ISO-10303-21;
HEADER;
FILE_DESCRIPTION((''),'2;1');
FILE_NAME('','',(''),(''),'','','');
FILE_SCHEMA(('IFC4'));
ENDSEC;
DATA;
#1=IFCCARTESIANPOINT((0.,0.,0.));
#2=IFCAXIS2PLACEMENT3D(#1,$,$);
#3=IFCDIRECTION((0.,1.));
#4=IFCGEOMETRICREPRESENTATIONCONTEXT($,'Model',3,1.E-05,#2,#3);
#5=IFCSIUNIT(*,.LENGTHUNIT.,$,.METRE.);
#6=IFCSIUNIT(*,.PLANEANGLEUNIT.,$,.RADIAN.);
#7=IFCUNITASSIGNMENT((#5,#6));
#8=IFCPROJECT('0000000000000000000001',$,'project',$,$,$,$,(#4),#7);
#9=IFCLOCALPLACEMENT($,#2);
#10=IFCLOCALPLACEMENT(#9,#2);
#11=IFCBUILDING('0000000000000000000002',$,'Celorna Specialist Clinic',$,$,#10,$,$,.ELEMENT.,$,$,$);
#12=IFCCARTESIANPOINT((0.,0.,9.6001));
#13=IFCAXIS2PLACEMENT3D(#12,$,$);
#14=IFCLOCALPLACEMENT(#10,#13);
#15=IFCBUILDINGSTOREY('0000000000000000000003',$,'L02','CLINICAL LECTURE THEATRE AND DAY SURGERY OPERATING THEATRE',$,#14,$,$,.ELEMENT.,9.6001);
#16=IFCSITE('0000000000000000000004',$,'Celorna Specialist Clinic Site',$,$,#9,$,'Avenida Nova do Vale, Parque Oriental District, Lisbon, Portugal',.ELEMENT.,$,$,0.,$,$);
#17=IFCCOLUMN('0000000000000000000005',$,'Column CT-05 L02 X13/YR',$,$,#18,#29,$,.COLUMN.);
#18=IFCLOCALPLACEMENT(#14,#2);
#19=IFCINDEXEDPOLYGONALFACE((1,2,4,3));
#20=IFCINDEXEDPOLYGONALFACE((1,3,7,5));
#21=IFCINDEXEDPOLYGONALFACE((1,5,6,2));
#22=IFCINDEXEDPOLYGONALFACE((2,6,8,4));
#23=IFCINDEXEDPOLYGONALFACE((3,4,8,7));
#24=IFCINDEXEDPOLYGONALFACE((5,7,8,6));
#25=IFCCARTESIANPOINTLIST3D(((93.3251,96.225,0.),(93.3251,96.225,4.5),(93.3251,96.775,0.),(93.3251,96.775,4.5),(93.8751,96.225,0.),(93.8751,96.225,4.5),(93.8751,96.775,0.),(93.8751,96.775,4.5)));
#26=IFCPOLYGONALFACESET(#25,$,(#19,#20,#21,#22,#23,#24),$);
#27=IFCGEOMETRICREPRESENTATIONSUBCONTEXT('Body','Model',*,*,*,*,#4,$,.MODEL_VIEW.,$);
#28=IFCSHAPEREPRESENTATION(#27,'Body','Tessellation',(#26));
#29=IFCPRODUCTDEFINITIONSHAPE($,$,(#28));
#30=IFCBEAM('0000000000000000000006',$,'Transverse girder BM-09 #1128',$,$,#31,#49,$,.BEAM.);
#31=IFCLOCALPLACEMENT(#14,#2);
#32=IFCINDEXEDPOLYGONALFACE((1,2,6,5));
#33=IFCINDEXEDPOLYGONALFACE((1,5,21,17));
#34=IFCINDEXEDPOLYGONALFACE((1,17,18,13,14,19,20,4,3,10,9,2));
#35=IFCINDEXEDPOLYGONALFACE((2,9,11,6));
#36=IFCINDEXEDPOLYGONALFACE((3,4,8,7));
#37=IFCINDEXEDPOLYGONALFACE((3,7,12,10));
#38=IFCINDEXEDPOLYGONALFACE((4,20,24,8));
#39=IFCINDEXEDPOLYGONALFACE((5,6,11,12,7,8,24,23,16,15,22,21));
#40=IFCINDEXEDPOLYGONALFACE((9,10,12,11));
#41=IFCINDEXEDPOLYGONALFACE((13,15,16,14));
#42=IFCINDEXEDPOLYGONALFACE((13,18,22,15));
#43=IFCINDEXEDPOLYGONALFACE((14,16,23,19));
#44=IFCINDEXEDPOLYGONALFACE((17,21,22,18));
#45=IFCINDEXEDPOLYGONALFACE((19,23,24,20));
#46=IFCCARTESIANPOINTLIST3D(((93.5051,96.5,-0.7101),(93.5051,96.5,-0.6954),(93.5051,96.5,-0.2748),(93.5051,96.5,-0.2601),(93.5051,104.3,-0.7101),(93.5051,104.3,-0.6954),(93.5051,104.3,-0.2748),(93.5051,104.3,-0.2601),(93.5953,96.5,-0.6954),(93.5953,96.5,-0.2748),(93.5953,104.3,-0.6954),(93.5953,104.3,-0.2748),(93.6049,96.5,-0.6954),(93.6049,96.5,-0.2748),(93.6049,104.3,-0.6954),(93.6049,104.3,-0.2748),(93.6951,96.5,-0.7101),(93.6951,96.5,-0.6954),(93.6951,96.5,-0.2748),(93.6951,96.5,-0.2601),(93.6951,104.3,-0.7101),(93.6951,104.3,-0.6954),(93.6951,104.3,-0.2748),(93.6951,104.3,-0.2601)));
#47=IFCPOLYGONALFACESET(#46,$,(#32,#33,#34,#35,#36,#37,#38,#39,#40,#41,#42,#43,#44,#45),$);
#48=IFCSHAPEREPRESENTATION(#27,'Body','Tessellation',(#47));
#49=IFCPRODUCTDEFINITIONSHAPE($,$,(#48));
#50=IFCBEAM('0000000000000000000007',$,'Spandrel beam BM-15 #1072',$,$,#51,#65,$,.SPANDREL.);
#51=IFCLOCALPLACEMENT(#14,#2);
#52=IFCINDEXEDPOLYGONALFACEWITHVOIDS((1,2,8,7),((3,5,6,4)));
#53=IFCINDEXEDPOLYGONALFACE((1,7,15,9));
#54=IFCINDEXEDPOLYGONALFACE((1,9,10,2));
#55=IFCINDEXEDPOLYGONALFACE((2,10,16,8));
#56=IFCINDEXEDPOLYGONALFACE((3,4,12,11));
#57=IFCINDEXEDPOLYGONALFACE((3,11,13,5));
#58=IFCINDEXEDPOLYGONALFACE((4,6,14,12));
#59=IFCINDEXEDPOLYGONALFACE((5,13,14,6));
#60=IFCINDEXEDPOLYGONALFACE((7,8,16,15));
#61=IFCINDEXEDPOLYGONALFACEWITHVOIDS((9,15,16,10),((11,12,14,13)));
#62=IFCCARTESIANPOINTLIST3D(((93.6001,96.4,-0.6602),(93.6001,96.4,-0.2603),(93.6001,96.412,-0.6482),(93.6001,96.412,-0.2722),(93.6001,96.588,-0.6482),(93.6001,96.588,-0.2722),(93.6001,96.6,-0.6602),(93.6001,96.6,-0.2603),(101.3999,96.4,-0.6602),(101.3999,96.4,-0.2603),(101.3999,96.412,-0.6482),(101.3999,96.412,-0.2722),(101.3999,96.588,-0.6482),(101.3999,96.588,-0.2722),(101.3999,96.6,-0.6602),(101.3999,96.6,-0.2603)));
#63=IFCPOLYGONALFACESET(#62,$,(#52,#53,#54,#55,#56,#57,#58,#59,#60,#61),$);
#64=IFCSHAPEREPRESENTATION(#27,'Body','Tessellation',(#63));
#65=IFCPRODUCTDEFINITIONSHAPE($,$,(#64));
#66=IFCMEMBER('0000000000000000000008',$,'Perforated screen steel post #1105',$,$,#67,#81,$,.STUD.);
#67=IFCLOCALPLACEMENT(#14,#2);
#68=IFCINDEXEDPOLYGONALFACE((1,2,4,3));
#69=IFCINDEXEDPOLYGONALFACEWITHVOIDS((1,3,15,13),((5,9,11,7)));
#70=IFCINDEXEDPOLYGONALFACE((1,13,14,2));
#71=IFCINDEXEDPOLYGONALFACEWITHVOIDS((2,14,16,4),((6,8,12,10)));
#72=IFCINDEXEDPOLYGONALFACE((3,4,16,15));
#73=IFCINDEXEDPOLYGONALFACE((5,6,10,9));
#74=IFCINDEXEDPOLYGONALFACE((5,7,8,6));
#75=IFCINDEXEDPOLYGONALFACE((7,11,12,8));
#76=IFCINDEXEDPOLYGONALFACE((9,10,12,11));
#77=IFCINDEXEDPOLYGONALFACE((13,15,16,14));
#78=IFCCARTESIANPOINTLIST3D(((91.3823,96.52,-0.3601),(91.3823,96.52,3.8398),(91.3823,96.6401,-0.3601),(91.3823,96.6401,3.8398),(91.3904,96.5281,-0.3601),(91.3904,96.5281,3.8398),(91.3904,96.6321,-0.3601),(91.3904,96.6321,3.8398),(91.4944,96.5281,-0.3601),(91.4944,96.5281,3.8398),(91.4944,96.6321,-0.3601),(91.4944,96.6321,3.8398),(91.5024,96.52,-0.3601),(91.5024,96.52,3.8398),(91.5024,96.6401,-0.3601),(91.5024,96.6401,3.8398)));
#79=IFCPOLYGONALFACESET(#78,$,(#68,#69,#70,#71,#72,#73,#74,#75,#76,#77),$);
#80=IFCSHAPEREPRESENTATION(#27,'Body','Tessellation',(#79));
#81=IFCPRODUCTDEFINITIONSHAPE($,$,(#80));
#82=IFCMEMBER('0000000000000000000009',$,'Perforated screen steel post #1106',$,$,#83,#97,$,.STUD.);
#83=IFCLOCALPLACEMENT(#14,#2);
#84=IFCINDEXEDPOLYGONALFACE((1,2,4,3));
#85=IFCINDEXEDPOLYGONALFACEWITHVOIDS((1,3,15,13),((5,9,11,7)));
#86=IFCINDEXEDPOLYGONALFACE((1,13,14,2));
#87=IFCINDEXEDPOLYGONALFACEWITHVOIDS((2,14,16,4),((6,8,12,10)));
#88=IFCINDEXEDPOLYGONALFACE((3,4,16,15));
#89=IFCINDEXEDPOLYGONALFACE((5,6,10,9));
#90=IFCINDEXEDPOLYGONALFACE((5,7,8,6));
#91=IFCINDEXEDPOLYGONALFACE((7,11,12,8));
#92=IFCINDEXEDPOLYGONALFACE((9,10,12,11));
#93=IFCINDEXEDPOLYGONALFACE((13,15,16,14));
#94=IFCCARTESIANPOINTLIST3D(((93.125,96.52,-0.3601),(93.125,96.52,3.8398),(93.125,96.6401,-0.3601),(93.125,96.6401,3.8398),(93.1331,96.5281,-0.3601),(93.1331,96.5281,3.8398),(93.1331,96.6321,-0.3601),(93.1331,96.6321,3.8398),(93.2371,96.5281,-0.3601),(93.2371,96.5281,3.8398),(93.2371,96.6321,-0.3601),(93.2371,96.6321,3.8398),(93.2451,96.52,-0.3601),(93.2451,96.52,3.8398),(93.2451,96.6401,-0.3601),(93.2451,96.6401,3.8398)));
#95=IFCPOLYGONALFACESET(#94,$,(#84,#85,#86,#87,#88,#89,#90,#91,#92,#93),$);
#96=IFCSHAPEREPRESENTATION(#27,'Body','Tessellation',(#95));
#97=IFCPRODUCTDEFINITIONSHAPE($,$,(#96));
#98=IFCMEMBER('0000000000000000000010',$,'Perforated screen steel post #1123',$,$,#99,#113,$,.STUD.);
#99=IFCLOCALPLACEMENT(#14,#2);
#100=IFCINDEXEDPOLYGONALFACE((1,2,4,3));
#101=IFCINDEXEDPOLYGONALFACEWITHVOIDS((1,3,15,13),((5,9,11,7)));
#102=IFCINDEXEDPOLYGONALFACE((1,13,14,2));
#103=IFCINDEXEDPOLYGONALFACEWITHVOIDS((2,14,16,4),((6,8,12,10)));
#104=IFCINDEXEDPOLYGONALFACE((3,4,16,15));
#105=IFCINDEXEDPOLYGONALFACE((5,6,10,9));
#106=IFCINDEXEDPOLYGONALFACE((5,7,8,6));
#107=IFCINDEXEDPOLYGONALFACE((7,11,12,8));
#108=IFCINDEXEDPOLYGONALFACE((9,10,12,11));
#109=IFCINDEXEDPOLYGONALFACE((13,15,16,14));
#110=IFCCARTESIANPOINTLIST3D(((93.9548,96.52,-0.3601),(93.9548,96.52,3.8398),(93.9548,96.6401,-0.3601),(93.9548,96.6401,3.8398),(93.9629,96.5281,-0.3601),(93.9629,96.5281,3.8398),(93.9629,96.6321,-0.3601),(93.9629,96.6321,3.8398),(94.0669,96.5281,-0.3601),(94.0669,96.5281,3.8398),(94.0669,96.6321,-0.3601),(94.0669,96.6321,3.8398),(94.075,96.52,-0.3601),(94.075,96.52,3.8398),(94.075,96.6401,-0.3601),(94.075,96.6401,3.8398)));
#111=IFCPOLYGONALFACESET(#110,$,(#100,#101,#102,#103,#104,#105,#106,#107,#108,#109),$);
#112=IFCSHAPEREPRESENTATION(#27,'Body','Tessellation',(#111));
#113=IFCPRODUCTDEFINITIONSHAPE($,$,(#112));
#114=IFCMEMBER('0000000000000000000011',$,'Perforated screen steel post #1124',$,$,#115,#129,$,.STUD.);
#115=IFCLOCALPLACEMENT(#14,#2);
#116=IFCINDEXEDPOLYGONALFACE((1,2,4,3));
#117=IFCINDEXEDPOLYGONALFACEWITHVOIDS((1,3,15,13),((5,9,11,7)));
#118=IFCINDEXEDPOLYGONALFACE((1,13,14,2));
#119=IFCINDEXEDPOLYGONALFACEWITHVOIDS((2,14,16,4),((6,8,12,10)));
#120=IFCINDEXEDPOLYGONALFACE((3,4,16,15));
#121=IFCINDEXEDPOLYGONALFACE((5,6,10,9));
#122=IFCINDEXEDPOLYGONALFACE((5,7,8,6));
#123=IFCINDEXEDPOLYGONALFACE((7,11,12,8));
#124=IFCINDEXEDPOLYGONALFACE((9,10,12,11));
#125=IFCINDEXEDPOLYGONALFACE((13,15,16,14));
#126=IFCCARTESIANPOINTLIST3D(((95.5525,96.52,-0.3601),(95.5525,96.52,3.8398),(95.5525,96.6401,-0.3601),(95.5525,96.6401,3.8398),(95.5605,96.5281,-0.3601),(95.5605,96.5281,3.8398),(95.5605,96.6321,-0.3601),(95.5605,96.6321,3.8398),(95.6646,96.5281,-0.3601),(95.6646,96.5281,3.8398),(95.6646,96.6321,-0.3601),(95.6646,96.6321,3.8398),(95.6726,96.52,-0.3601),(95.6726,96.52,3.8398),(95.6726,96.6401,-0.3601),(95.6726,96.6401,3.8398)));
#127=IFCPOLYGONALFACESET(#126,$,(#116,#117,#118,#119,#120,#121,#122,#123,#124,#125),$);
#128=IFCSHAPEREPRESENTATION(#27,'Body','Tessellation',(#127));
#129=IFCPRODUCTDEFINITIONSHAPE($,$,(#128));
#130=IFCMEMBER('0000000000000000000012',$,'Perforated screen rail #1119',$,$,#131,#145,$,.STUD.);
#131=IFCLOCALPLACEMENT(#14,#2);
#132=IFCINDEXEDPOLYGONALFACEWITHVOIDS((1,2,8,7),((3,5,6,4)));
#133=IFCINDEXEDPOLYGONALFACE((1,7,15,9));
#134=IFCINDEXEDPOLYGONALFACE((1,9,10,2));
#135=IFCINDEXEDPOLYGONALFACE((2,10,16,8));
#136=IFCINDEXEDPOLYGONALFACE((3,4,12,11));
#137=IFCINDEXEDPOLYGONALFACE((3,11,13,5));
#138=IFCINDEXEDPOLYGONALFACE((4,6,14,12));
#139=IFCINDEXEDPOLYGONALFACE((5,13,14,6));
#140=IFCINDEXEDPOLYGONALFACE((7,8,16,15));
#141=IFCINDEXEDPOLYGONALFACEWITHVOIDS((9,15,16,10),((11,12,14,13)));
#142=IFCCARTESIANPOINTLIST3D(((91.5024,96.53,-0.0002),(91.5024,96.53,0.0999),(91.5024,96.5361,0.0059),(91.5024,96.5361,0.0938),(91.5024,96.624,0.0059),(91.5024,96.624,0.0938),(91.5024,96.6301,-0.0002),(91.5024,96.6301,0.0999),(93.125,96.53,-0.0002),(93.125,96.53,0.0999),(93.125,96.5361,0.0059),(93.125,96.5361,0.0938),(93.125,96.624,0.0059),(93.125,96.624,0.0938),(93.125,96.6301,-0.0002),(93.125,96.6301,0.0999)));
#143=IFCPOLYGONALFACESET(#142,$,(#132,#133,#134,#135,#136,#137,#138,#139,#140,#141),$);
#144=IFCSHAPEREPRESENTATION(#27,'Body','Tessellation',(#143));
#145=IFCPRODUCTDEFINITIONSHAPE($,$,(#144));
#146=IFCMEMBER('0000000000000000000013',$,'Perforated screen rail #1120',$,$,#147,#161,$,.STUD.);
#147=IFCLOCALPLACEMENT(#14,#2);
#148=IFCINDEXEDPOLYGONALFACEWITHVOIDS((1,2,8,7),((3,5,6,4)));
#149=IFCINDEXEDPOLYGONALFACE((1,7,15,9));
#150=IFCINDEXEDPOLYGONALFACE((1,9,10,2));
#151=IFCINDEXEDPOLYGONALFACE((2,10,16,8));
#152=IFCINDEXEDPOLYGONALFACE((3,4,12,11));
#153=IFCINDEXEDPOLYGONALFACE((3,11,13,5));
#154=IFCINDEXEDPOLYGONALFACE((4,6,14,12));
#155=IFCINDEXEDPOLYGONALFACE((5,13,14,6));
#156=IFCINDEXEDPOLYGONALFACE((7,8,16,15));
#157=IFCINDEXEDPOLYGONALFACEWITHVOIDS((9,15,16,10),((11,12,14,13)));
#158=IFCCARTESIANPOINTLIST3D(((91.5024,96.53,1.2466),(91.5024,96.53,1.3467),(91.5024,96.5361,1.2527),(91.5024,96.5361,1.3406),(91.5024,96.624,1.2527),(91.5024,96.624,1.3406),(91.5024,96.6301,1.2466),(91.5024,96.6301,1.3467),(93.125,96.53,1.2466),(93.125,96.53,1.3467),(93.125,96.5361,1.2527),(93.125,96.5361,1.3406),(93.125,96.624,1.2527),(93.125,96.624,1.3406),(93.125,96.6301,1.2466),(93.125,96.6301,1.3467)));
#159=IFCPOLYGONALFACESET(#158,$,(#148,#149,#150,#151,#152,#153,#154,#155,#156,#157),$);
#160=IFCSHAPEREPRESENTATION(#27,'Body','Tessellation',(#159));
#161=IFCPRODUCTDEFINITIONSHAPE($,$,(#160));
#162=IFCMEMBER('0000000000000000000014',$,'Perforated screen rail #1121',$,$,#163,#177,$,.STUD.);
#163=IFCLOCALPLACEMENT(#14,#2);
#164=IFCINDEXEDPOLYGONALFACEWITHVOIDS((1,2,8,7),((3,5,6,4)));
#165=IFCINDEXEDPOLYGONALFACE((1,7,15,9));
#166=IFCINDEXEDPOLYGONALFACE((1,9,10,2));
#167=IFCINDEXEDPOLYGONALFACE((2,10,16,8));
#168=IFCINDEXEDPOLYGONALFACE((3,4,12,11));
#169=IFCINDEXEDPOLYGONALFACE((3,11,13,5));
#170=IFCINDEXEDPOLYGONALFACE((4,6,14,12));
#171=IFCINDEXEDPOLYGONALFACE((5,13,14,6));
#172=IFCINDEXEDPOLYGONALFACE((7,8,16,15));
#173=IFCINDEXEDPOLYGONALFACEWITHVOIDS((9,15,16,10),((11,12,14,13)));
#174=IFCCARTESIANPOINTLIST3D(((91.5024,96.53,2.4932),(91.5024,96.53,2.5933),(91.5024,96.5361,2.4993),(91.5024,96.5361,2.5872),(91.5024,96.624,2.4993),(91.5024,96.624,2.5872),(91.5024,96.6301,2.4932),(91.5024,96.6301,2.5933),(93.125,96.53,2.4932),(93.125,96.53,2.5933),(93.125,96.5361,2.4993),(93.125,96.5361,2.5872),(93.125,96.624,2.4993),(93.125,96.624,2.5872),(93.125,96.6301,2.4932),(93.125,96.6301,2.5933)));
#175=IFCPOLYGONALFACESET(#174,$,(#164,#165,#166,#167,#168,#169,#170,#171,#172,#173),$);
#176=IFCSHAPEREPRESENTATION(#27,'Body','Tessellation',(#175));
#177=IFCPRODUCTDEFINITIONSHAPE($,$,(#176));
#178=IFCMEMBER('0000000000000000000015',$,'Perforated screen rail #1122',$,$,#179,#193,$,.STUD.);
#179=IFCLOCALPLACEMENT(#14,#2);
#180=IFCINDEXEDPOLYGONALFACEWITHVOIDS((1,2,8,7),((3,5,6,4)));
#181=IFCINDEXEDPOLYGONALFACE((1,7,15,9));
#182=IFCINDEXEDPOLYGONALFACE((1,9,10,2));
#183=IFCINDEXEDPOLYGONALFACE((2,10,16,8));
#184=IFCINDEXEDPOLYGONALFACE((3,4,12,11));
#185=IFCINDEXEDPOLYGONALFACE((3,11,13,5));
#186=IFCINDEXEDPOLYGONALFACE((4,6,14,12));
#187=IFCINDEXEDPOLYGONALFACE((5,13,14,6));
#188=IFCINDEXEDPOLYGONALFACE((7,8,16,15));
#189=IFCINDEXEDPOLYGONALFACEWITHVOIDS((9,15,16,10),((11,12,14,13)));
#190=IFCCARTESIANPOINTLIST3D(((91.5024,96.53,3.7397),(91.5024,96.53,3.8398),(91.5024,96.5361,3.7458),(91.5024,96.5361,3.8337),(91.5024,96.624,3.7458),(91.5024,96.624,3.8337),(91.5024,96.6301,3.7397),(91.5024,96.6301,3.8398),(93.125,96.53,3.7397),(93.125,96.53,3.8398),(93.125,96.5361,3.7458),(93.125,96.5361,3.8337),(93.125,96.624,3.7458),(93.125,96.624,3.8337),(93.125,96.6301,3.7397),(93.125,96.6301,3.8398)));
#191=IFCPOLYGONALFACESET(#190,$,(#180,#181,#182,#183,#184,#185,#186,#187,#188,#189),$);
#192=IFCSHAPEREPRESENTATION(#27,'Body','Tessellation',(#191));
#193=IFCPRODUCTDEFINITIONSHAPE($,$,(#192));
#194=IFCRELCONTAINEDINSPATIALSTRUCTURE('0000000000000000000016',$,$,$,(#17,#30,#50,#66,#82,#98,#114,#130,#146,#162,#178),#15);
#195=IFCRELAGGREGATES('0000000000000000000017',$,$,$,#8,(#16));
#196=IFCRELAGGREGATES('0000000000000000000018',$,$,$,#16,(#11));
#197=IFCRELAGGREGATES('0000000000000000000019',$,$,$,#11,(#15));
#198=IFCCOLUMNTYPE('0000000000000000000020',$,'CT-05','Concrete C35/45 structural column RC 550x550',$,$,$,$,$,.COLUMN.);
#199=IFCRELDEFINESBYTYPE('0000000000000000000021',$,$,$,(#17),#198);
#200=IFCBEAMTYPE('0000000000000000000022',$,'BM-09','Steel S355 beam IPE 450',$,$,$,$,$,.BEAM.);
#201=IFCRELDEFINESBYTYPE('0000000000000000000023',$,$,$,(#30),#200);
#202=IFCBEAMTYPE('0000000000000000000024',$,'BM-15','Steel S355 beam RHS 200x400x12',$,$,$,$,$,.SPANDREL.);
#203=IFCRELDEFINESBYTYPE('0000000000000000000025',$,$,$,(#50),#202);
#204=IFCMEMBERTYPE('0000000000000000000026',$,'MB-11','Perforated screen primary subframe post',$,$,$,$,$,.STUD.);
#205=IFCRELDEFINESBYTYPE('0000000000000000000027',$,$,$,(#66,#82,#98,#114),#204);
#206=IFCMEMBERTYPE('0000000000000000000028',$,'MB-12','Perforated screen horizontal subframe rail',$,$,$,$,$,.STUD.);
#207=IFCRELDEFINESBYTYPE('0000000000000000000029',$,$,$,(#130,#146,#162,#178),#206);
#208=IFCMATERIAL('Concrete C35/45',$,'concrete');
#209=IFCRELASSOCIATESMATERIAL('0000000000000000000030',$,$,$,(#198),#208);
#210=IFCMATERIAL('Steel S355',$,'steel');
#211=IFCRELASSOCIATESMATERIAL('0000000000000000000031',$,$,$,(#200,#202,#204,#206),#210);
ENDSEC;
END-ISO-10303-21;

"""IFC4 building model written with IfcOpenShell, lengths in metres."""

from ifc_helpers import new_model, si_unit, direction, frame, origin, origin_2d, place, context, subcontext, project, spatial, rectangle, hollow_rectangle, i_section, extrude, material, material_profile, profile_set, type_object, element, save


model = new_model("IFC4")

# Units and contexts
model_context = context("Model", 3, precision=1e-05, world=origin(), true_north=direction((0.0, 1.0)))
body_context = subcontext(model_context, "Body", "Model", "MODEL_VIEW")
ifc_project = project(units=[si_unit("LENGTHUNIT", "METRE"), si_unit("PLANEANGLEUNIT", "RADIAN")], contexts=[model_context])

# Site, building, storey
site_placement = place(None, origin())
site = spatial("IfcSite", under=ifc_project, at=site_placement, Name="Celorna Specialist Clinic Site", LongName="Avenida Nova do Vale, Parque Oriental District, Lisbon, Portugal", CompositionType="ELEMENT", RefElevation=0.0)
building_placement = place(site_placement, origin())
building = spatial("IfcBuilding", under=site, at=building_placement, Name="Celorna Specialist Clinic", CompositionType="ELEMENT")
storey_placement = place(building_placement, frame((0.0, 0.0, 9.6001)))
storey = spatial("IfcBuildingStorey", under=building, at=storey_placement, Name="L02", Description="CLINICAL LECTURE THEATRE AND DAY SURGERY OPERATING THEATRE", CompositionType="ELEMENT", Elevation=9.6001)

# Column
ifc_material_1 = material(Name="Concrete C35/45", Category="concrete")
ifc_material_profile_1 = material_profile(ifc_material_1, rectangle(XDim=0.55, YDim=0.55, at=origin_2d()), Name="RC 550x550")
ifc_profile_set_1 = profile_set([ifc_material_profile_1], Name="Concrete C35/45")
column_type = type_object("IfcColumnType", Name="CT-05", Description="Concrete C35/45 structural column RC 550x550", PredefinedType="COLUMN", material=ifc_profile_set_1)
column_placement = place(storey_placement, frame((93.6001, 96.5, 0.0), z_axis=(0.0, 0.0, 1.0), x_axis=(1.0, 0.0, 0.0)))
element("IfcColumn", 1, at=column_placement, inside=storey, type_object=column_type, Name="Column CT-05 L02 X13/YR", PredefinedType="COLUMN", context=body_context, shape_type="SweptSolid", body=[
    extrude(rectangle(XDim=0.55, YDim=0.55, at=origin_2d()), origin(), (0.0, 0.0, 1.0), 4.5),
])

# Beams
ifc_material_2 = material(Name="Steel S355", Category="steel")
ifc_material_profile_2 = material_profile(ifc_material_2, i_section(OverallWidth=0.1899, OverallDepth=0.45, WebThickness=0.0095, FlangeThickness=0.0146, at=origin_2d()), Name="IPE 450")
ifc_profile_set_2 = profile_set([ifc_material_profile_2], Name="Steel S355")
beam_type_1 = type_object("IfcBeamType", Name="BM-09", Description="Steel S355 beam IPE 450", PredefinedType="BEAM", material=ifc_profile_set_2)
beam_1_placement = place(storey_placement, frame((93.6001, 96.5, -0.4851), z_axis=(0.0, 1.0, 0.0), x_axis=(-1.0, 0.0, 0.0)))
element("IfcBeam", 2, at=beam_1_placement, inside=storey, type_object=beam_type_1, Name="Transverse girder BM-09 #1128", PredefinedType="BEAM", context=body_context, shape_type="SweptSolid", body=[
    extrude(i_section(OverallWidth=0.1899, OverallDepth=0.45, WebThickness=0.0095, FlangeThickness=0.0146, at=origin_2d()), origin(), (0.0, 0.0, 1.0), 7.8),
])
ifc_material_profile_3 = material_profile(ifc_material_2, hollow_rectangle(XDim=0.2, YDim=0.3999, WallThickness=0.012, at=origin_2d()), Name="RHS 200x400x12")
ifc_profile_set_3 = profile_set([ifc_material_profile_3], Name="Steel S355")
beam_type_2 = type_object("IfcBeamType", Name="BM-15", Description="Steel S355 beam RHS 200x400x12", PredefinedType="SPANDREL", material=ifc_profile_set_3)
beam_2_placement = place(storey_placement, frame((93.6001, 96.5, -0.4602), z_axis=(1.0, 0.0, 0.0), x_axis=(0.0, 1.0, 0.0)))
element("IfcBeam", 3, at=beam_2_placement, inside=storey, type_object=beam_type_2, Name="Spandrel beam BM-15 #1072", PredefinedType="SPANDREL", context=body_context, shape_type="SweptSolid", body=[
    extrude(hollow_rectangle(XDim=0.2, YDim=0.3999, WallThickness=0.012, at=origin_2d()), origin(), (0.0, 0.0, 1.0), 7.7998),
])

# Members
ifc_material_profile_4 = material_profile(ifc_material_2, hollow_rectangle(XDim=0.1201, YDim=0.1201, WallThickness=0.0081, at=origin_2d()), Name="SHS 120x120x8")
ifc_profile_set_4 = profile_set([ifc_material_profile_4], Name="Steel S355")
member_type_1 = type_object("IfcMemberType", Name="MB-11", Description="Perforated screen primary subframe post", PredefinedType="STUD", material=ifc_profile_set_4)
for number, where, z_axis, x_axis, name in (
    (4, (91.4424, 96.5801, -0.3601), (0.0, 0.0, 1.0), (1.0, 0.0, 0.0), "Perforated screen steel post #1105"),
    (5, (93.1851, 96.5801, -0.3601), (0.0, 0.0, 1.0), (1.0, 0.0, 0.0), "Perforated screen steel post #1106"),
    (6, (94.0149, 96.5801, -0.3601), (0.0, 0.0, 1.0), (1.0, 0.0, 0.0), "Perforated screen steel post #1123"),
    (7, (95.6125, 96.5801, -0.3601), (0.0, 0.0, 1.0), (1.0, 0.0, 0.0), "Perforated screen steel post #1124"),
):
    element("IfcMember", number, at=place(storey_placement, frame(where, z_axis=z_axis, x_axis=x_axis)), inside=storey, type_object=member_type_1, Name=name, PredefinedType="STUD", context=body_context, shape_type="SweptSolid", body=[
        extrude(hollow_rectangle(XDim=0.1201, YDim=0.1201, WallThickness=0.0081, at=origin_2d()), origin(), (0.0, 0.0, 1.0), 4.2),
    ])
ifc_material_profile_5 = material_profile(ifc_material_2, hollow_rectangle(XDim=0.1001, YDim=0.1001, WallThickness=0.0061, at=origin_2d()), Name="SHS 100x100x6")
ifc_profile_set_5 = profile_set([ifc_material_profile_5], Name="Steel S355")
member_type_2 = type_object("IfcMemberType", Name="MB-12", Description="Perforated screen horizontal subframe rail", PredefinedType="STUD", material=ifc_profile_set_5)
for number, where, z_axis, x_axis, name in (
    (8, (91.5024, 96.5801, 0.0498), (1.0, 0.0, 0.0), (0.0, 1.0, 0.0), "Perforated screen rail #1119"),
    (9, (91.5024, 96.5801, 1.2966), (1.0, 0.0, 0.0), (0.0, 1.0, 0.0), "Perforated screen rail #1120"),
    (10, (91.5024, 96.5801, 2.5432), (1.0, 0.0, 0.0), (0.0, 1.0, 0.0), "Perforated screen rail #1121"),
    (11, (91.5024, 96.5801, 3.7898), (1.0, 0.0, 0.0), (0.0, 1.0, 0.0), "Perforated screen rail #1122"),
):
    element("IfcMember", number, at=place(storey_placement, frame(where, z_axis=z_axis, x_axis=x_axis)), inside=storey, type_object=member_type_2, Name=name, PredefinedType="STUD", context=body_context, shape_type="SweptSolid", body=[
        extrude(hollow_rectangle(XDim=0.1001, YDim=0.1001, WallThickness=0.0061, at=origin_2d()), origin(), (0.0, 0.0, 1.0), 1.6226),
    ])

save(model, "model.ifc")
